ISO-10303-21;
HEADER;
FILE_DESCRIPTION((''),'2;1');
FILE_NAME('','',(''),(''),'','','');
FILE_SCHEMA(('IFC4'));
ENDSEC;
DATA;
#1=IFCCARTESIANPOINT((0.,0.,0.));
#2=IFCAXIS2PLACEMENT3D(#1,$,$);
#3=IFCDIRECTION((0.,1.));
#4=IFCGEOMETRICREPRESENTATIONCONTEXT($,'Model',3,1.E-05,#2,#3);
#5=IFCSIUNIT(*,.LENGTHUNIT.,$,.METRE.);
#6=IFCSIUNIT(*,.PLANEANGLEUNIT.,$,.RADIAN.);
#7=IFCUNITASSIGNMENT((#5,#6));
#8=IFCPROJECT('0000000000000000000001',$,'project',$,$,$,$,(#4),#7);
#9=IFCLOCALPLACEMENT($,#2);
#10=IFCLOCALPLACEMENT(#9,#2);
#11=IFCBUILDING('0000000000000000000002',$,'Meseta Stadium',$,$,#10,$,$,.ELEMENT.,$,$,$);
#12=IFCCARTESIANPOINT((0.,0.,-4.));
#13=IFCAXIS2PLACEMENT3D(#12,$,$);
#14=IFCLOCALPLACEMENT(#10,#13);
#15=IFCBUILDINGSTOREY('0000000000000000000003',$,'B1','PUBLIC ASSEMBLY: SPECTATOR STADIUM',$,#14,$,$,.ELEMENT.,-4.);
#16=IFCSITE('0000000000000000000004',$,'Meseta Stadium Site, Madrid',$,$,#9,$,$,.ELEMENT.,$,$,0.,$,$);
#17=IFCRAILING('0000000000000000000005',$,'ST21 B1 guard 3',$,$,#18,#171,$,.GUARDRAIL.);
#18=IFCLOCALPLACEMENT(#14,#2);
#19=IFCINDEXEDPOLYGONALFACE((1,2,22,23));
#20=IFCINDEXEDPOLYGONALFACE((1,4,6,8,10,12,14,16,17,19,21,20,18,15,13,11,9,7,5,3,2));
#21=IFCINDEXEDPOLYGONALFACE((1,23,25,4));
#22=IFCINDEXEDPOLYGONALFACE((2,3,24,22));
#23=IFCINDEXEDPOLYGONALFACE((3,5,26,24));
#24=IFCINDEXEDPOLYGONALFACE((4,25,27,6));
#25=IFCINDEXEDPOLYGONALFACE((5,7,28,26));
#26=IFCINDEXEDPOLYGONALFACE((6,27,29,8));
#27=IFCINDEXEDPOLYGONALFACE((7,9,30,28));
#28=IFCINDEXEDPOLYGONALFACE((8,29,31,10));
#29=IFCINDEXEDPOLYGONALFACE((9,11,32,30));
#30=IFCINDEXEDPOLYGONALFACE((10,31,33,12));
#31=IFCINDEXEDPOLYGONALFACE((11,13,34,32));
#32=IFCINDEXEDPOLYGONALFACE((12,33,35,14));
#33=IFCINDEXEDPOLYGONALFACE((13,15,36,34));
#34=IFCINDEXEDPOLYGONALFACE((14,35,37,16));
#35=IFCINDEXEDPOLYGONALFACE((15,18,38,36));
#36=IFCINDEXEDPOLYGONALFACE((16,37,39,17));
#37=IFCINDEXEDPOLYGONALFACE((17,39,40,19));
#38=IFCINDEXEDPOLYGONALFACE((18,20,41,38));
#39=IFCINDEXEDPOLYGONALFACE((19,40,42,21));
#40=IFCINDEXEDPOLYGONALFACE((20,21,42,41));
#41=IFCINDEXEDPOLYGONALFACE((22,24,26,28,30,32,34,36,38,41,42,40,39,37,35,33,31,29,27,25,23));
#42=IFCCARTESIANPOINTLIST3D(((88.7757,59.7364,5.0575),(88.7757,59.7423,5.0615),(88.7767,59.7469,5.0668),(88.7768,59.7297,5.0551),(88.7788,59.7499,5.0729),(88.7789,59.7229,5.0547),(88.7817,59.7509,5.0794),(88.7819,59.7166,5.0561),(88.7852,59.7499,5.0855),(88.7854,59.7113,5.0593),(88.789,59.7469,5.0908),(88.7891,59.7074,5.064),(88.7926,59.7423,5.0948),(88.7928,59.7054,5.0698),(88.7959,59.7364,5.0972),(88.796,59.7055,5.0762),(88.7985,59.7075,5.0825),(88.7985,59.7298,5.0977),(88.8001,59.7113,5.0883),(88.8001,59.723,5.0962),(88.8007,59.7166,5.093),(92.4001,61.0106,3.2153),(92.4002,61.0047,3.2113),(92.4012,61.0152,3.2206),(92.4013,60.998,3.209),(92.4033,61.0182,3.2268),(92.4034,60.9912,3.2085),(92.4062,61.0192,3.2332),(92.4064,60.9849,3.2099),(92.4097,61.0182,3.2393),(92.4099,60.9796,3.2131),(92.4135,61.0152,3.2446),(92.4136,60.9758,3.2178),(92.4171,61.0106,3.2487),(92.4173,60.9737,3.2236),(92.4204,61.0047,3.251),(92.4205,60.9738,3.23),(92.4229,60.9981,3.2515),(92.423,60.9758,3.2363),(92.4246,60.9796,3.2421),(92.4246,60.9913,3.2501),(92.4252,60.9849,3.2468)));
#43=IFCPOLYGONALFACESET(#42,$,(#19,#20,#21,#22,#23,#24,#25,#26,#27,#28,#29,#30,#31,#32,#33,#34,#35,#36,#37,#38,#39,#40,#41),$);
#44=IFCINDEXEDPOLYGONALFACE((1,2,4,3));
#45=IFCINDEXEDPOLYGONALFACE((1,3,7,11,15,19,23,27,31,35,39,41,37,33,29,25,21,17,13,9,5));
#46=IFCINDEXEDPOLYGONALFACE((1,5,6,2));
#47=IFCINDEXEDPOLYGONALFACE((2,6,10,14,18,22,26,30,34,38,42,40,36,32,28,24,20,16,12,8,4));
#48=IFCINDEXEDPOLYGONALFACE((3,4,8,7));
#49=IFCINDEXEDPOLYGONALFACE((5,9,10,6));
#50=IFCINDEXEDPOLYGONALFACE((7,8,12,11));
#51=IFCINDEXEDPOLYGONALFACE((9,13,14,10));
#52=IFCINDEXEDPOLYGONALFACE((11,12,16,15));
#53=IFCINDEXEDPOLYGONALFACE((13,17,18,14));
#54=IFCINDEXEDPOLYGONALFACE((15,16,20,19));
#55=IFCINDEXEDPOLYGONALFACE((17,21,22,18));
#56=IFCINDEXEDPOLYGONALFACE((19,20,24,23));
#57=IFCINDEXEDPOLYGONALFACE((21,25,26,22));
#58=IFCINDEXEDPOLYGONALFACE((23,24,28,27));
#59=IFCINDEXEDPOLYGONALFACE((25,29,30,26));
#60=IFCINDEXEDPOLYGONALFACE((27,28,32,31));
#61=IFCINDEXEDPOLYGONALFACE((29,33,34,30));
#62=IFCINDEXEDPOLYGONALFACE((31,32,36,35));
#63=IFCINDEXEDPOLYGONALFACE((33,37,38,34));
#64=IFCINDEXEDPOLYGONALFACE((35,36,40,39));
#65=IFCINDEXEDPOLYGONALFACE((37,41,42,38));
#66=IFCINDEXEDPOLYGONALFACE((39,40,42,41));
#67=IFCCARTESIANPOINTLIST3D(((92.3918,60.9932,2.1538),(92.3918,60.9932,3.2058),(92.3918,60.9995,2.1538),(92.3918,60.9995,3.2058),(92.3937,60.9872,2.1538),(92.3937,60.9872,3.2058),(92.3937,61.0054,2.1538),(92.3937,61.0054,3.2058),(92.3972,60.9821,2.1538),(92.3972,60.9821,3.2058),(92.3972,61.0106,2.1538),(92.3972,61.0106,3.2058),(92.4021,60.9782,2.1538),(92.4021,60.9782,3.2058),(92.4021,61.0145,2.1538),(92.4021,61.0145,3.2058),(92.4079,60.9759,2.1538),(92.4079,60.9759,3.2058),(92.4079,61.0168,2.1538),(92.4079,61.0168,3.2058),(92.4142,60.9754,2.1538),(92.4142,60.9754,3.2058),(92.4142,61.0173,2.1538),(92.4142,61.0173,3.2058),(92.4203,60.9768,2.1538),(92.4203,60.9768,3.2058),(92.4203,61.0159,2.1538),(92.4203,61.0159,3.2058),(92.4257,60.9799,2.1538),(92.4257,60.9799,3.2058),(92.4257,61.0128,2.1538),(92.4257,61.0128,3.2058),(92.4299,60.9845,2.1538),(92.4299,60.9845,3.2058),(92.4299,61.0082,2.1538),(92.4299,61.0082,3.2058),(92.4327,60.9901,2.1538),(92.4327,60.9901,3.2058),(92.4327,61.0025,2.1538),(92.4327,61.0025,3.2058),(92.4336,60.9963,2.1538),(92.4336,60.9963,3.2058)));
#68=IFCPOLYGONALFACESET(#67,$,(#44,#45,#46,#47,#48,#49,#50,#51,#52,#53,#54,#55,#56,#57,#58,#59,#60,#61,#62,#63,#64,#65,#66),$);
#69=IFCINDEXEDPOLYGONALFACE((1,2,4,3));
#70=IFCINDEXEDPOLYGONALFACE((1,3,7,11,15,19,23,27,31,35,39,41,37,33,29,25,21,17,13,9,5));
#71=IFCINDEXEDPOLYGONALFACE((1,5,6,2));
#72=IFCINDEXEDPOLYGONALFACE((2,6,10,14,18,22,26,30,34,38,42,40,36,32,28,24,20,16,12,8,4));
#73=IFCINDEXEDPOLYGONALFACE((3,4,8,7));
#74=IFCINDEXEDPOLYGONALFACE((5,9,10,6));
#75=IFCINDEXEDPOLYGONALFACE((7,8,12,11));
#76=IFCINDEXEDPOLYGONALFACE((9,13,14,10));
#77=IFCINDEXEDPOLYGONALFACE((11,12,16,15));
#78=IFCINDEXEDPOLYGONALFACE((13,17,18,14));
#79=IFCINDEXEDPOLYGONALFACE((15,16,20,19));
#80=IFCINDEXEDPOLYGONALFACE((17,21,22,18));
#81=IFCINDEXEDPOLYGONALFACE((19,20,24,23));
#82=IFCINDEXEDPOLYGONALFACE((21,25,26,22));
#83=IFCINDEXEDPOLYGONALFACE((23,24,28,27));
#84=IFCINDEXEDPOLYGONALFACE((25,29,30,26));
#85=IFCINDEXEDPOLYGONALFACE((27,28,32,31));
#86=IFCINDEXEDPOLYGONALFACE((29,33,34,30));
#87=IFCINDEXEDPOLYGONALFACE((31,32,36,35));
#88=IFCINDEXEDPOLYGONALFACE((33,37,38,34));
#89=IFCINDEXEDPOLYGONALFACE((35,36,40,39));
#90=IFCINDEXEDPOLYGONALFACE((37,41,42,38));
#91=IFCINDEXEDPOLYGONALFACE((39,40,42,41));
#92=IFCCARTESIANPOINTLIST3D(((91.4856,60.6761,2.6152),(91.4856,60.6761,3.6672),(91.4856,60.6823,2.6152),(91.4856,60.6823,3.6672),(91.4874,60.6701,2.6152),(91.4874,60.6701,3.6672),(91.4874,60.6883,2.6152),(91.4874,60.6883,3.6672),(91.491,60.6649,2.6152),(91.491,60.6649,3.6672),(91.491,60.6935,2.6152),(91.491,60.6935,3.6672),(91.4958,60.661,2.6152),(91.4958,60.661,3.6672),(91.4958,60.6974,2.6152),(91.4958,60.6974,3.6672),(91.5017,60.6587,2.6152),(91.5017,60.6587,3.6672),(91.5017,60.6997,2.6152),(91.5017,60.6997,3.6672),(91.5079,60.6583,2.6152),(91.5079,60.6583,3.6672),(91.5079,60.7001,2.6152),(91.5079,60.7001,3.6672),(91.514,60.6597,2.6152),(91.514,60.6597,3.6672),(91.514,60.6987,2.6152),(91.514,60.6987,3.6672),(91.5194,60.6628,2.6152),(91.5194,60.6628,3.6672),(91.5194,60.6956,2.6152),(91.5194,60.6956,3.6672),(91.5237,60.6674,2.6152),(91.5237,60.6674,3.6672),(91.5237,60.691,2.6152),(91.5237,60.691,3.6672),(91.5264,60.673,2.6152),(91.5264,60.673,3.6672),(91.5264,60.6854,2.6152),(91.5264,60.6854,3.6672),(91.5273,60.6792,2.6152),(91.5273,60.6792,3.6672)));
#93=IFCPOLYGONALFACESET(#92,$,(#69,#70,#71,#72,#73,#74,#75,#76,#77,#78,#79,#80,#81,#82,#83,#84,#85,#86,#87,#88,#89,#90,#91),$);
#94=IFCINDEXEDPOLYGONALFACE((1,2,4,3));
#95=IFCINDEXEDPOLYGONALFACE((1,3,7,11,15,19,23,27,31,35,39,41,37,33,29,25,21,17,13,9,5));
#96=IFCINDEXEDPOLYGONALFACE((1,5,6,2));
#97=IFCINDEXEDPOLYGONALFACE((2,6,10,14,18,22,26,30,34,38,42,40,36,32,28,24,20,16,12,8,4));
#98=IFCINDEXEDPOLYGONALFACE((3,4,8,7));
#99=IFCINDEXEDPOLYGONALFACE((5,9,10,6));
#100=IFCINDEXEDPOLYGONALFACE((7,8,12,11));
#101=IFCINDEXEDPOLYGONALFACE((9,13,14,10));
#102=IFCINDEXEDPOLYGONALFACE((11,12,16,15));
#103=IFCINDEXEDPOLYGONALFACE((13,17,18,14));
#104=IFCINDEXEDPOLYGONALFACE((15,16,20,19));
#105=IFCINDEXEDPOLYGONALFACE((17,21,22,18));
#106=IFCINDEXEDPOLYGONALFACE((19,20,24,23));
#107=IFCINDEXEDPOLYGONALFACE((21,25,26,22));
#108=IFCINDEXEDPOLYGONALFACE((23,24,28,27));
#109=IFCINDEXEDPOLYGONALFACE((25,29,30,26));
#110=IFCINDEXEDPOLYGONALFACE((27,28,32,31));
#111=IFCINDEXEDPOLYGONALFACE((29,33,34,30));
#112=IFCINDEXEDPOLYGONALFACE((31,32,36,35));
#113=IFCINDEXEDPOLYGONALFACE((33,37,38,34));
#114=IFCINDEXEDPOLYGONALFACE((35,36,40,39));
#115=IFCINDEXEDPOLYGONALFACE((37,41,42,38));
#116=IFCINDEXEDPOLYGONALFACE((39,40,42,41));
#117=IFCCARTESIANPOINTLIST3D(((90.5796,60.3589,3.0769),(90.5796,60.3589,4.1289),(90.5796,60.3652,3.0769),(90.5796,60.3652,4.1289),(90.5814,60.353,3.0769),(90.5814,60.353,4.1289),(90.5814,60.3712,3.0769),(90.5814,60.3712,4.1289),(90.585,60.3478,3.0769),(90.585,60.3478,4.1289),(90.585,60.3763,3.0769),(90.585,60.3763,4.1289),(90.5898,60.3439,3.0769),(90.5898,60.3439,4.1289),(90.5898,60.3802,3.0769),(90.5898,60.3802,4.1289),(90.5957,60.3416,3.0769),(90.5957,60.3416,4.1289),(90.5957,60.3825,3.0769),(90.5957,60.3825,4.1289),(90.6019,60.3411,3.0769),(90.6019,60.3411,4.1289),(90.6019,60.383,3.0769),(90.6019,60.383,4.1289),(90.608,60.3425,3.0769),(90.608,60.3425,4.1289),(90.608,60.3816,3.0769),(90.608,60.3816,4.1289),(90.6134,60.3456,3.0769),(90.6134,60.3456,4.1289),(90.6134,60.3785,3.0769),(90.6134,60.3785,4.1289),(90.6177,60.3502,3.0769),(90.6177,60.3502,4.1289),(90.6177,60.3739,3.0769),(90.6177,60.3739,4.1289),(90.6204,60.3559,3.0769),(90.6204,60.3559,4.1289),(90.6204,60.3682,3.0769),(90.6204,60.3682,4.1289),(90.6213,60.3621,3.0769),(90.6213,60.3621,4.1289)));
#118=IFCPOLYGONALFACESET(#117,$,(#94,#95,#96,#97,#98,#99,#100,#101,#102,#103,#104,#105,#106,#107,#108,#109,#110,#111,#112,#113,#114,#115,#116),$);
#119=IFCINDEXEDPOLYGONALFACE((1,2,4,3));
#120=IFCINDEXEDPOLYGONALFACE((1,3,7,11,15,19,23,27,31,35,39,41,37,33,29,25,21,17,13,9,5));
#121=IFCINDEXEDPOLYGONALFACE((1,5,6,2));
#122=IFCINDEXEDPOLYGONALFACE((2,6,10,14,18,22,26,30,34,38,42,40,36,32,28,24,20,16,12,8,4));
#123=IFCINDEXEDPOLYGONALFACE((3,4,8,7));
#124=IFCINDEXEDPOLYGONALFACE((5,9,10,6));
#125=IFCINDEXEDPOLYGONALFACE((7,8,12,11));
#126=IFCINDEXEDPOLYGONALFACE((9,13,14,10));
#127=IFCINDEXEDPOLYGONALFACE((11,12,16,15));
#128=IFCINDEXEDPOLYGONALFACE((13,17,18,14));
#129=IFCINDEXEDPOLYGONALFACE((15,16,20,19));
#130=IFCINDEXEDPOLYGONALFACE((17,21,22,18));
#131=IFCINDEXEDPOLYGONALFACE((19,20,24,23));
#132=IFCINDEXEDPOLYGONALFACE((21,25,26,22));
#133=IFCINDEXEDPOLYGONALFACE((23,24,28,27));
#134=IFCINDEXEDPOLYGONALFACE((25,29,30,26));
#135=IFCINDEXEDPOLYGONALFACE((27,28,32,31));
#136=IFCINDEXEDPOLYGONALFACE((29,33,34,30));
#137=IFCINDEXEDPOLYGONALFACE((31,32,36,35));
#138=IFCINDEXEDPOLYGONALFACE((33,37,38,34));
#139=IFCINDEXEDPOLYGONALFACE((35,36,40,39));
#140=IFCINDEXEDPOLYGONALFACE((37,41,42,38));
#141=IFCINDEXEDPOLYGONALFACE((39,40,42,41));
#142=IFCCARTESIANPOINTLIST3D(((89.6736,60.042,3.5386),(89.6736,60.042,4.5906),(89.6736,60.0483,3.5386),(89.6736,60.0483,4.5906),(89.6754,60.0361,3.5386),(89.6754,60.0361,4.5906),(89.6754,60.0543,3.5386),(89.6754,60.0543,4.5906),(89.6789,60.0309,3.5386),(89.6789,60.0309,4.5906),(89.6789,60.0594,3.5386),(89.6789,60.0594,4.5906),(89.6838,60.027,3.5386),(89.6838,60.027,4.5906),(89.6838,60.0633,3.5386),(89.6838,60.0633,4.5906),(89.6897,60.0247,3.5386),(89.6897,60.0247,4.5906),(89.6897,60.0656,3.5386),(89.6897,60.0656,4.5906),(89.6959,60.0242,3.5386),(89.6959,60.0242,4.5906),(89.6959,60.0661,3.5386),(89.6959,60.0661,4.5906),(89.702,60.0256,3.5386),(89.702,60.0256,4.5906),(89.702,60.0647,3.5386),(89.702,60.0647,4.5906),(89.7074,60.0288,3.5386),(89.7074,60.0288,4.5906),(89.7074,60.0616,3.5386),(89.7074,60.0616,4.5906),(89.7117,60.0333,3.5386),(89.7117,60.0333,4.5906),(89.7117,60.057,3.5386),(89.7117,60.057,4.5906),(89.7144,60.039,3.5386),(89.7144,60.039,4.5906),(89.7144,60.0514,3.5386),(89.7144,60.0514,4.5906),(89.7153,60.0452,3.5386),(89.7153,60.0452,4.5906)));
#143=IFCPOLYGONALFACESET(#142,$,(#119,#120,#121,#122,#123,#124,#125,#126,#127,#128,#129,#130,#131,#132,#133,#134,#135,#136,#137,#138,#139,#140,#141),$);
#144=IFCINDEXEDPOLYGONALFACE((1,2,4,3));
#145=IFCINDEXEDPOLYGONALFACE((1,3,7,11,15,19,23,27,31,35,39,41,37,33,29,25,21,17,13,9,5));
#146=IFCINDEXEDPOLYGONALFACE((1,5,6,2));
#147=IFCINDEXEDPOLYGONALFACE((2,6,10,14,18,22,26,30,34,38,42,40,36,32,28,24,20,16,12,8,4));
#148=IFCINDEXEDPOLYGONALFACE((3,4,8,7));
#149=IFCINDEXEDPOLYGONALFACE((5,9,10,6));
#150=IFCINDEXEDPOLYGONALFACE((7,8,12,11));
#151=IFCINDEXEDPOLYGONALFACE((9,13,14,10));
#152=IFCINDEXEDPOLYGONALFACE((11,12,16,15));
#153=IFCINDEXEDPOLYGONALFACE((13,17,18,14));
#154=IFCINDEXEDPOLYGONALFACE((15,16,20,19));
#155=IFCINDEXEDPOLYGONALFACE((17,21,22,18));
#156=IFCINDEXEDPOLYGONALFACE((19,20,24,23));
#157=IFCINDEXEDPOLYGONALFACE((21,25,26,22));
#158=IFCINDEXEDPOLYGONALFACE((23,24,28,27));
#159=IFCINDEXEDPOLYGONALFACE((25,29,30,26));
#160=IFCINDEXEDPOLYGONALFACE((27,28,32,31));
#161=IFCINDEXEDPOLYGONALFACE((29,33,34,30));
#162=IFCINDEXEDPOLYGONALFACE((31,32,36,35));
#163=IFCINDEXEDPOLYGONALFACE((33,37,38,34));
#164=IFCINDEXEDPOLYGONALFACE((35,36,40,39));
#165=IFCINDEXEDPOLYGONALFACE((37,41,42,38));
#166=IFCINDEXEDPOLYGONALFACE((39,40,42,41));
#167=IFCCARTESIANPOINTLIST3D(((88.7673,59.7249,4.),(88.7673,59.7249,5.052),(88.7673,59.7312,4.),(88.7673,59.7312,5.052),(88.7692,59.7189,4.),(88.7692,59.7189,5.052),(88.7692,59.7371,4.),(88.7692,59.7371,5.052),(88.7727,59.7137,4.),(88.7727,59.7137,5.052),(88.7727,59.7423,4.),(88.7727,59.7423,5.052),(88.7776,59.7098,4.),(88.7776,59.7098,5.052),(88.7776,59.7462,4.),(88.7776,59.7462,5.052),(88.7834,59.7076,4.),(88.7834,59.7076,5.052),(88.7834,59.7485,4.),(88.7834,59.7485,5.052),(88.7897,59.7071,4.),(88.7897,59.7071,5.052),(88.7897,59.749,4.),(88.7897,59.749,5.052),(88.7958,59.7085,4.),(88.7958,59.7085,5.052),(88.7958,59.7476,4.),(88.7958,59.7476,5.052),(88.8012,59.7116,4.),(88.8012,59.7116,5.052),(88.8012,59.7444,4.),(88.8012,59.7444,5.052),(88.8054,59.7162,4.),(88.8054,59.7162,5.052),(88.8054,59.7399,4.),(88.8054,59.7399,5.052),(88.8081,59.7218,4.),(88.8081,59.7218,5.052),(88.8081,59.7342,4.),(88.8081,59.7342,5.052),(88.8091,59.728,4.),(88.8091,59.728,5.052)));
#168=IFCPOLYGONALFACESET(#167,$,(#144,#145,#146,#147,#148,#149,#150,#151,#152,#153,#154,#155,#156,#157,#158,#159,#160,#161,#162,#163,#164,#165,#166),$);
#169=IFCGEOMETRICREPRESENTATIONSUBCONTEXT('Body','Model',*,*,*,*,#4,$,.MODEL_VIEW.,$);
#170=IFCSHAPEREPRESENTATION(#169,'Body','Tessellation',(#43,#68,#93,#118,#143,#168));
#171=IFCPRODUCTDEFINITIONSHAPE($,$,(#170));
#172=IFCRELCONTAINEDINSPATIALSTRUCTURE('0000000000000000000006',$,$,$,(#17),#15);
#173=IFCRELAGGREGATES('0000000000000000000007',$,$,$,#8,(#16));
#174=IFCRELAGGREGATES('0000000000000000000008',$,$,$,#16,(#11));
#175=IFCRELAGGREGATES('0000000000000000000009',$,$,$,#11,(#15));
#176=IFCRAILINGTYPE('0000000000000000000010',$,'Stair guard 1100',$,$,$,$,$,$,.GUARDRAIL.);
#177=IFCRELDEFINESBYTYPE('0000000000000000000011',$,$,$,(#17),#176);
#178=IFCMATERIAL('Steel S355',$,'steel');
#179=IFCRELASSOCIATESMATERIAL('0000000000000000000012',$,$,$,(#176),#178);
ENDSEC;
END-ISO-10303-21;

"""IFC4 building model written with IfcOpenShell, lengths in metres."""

from ifc_helpers import new_model, si_unit, direction, frame, origin, origin_2d, place, context, subcontext, project, spatial, circle, extrude, material, type_object, element, save


model = new_model("IFC4")

# Units and contexts
model_context = context("Model", 3, precision=1e-05, world=origin(), true_north=direction((0.0, 1.0)))
body_context = subcontext(model_context, "Body", "Model", "MODEL_VIEW")
ifc_project = project(units=[si_unit("LENGTHUNIT", "METRE"), si_unit("PLANEANGLEUNIT", "RADIAN")], contexts=[model_context])

# Site, building, storey
site_placement = place(None, origin())
site = spatial("IfcSite", under=ifc_project, at=site_placement, Name="Meseta Stadium Site, Madrid", CompositionType="ELEMENT", RefElevation=0.0)
building_placement = place(site_placement, origin())
building = spatial("IfcBuilding", under=site, at=building_placement, Name="Meseta Stadium", CompositionType="ELEMENT")
storey_placement = place(building_placement, frame((0.0, 0.0, -4.0)))
storey = spatial("IfcBuildingStorey", under=building, at=storey_placement, Name="B1", Description="PUBLIC ASSEMBLY: SPECTATOR STADIUM", CompositionType="ELEMENT", Elevation=-4.0)

# Railing
ifc_material_1 = material(Name="Steel S355", Category="steel")
railing_type_1 = type_object("IfcRailingType", Name="Stair guard 1100", PredefinedType="GUARDRAIL", material=ifc_material_1)
railing_1_placement = place(storey_placement, frame((92.4126, 60.9963, 2.1538)))
element("IfcRailing", 1, at=railing_1_placement, inside=storey, type_object=railing_type_1, Name="ST21 B1 guard 3", PredefinedType="GUARDRAIL", context=body_context, shape_type="SweptSolid", body=[
    extrude(circle(Radius=0.0239, at=origin_2d()), frame((0.0, 0.0, 1.0762), z_axis=(-0.850672, -0.297672, 0.4333), x_axis=(0.330288, -0.94388, 0.0)), (0.0, 0.0, 1.0), 4.2607),
    extrude(circle(Radius=0.021, at=origin_2d()), origin(), (0.0, 0.0, 1.0), 1.052),
    extrude(circle(Radius=0.021, at=origin_2d()), frame((-0.9062, -0.3171, 0.4614)), (0.0, 0.0, 1.0), 1.052),
    extrude(circle(Radius=0.021, at=origin_2d()), frame((-1.8123, -0.6343, 0.9231)), (0.0, 0.0, 1.0), 1.052),
    extrude(circle(Radius=0.021, at=origin_2d()), frame((-2.7183, -0.9512, 1.3848)), (0.0, 0.0, 1.0), 1.052),
    extrude(circle(Radius=0.021, at=origin_2d()), frame((-3.6245, -1.2683, 1.8462)), (0.0, 0.0, 1.0), 1.052),
])

save(model, "model.ifc")
